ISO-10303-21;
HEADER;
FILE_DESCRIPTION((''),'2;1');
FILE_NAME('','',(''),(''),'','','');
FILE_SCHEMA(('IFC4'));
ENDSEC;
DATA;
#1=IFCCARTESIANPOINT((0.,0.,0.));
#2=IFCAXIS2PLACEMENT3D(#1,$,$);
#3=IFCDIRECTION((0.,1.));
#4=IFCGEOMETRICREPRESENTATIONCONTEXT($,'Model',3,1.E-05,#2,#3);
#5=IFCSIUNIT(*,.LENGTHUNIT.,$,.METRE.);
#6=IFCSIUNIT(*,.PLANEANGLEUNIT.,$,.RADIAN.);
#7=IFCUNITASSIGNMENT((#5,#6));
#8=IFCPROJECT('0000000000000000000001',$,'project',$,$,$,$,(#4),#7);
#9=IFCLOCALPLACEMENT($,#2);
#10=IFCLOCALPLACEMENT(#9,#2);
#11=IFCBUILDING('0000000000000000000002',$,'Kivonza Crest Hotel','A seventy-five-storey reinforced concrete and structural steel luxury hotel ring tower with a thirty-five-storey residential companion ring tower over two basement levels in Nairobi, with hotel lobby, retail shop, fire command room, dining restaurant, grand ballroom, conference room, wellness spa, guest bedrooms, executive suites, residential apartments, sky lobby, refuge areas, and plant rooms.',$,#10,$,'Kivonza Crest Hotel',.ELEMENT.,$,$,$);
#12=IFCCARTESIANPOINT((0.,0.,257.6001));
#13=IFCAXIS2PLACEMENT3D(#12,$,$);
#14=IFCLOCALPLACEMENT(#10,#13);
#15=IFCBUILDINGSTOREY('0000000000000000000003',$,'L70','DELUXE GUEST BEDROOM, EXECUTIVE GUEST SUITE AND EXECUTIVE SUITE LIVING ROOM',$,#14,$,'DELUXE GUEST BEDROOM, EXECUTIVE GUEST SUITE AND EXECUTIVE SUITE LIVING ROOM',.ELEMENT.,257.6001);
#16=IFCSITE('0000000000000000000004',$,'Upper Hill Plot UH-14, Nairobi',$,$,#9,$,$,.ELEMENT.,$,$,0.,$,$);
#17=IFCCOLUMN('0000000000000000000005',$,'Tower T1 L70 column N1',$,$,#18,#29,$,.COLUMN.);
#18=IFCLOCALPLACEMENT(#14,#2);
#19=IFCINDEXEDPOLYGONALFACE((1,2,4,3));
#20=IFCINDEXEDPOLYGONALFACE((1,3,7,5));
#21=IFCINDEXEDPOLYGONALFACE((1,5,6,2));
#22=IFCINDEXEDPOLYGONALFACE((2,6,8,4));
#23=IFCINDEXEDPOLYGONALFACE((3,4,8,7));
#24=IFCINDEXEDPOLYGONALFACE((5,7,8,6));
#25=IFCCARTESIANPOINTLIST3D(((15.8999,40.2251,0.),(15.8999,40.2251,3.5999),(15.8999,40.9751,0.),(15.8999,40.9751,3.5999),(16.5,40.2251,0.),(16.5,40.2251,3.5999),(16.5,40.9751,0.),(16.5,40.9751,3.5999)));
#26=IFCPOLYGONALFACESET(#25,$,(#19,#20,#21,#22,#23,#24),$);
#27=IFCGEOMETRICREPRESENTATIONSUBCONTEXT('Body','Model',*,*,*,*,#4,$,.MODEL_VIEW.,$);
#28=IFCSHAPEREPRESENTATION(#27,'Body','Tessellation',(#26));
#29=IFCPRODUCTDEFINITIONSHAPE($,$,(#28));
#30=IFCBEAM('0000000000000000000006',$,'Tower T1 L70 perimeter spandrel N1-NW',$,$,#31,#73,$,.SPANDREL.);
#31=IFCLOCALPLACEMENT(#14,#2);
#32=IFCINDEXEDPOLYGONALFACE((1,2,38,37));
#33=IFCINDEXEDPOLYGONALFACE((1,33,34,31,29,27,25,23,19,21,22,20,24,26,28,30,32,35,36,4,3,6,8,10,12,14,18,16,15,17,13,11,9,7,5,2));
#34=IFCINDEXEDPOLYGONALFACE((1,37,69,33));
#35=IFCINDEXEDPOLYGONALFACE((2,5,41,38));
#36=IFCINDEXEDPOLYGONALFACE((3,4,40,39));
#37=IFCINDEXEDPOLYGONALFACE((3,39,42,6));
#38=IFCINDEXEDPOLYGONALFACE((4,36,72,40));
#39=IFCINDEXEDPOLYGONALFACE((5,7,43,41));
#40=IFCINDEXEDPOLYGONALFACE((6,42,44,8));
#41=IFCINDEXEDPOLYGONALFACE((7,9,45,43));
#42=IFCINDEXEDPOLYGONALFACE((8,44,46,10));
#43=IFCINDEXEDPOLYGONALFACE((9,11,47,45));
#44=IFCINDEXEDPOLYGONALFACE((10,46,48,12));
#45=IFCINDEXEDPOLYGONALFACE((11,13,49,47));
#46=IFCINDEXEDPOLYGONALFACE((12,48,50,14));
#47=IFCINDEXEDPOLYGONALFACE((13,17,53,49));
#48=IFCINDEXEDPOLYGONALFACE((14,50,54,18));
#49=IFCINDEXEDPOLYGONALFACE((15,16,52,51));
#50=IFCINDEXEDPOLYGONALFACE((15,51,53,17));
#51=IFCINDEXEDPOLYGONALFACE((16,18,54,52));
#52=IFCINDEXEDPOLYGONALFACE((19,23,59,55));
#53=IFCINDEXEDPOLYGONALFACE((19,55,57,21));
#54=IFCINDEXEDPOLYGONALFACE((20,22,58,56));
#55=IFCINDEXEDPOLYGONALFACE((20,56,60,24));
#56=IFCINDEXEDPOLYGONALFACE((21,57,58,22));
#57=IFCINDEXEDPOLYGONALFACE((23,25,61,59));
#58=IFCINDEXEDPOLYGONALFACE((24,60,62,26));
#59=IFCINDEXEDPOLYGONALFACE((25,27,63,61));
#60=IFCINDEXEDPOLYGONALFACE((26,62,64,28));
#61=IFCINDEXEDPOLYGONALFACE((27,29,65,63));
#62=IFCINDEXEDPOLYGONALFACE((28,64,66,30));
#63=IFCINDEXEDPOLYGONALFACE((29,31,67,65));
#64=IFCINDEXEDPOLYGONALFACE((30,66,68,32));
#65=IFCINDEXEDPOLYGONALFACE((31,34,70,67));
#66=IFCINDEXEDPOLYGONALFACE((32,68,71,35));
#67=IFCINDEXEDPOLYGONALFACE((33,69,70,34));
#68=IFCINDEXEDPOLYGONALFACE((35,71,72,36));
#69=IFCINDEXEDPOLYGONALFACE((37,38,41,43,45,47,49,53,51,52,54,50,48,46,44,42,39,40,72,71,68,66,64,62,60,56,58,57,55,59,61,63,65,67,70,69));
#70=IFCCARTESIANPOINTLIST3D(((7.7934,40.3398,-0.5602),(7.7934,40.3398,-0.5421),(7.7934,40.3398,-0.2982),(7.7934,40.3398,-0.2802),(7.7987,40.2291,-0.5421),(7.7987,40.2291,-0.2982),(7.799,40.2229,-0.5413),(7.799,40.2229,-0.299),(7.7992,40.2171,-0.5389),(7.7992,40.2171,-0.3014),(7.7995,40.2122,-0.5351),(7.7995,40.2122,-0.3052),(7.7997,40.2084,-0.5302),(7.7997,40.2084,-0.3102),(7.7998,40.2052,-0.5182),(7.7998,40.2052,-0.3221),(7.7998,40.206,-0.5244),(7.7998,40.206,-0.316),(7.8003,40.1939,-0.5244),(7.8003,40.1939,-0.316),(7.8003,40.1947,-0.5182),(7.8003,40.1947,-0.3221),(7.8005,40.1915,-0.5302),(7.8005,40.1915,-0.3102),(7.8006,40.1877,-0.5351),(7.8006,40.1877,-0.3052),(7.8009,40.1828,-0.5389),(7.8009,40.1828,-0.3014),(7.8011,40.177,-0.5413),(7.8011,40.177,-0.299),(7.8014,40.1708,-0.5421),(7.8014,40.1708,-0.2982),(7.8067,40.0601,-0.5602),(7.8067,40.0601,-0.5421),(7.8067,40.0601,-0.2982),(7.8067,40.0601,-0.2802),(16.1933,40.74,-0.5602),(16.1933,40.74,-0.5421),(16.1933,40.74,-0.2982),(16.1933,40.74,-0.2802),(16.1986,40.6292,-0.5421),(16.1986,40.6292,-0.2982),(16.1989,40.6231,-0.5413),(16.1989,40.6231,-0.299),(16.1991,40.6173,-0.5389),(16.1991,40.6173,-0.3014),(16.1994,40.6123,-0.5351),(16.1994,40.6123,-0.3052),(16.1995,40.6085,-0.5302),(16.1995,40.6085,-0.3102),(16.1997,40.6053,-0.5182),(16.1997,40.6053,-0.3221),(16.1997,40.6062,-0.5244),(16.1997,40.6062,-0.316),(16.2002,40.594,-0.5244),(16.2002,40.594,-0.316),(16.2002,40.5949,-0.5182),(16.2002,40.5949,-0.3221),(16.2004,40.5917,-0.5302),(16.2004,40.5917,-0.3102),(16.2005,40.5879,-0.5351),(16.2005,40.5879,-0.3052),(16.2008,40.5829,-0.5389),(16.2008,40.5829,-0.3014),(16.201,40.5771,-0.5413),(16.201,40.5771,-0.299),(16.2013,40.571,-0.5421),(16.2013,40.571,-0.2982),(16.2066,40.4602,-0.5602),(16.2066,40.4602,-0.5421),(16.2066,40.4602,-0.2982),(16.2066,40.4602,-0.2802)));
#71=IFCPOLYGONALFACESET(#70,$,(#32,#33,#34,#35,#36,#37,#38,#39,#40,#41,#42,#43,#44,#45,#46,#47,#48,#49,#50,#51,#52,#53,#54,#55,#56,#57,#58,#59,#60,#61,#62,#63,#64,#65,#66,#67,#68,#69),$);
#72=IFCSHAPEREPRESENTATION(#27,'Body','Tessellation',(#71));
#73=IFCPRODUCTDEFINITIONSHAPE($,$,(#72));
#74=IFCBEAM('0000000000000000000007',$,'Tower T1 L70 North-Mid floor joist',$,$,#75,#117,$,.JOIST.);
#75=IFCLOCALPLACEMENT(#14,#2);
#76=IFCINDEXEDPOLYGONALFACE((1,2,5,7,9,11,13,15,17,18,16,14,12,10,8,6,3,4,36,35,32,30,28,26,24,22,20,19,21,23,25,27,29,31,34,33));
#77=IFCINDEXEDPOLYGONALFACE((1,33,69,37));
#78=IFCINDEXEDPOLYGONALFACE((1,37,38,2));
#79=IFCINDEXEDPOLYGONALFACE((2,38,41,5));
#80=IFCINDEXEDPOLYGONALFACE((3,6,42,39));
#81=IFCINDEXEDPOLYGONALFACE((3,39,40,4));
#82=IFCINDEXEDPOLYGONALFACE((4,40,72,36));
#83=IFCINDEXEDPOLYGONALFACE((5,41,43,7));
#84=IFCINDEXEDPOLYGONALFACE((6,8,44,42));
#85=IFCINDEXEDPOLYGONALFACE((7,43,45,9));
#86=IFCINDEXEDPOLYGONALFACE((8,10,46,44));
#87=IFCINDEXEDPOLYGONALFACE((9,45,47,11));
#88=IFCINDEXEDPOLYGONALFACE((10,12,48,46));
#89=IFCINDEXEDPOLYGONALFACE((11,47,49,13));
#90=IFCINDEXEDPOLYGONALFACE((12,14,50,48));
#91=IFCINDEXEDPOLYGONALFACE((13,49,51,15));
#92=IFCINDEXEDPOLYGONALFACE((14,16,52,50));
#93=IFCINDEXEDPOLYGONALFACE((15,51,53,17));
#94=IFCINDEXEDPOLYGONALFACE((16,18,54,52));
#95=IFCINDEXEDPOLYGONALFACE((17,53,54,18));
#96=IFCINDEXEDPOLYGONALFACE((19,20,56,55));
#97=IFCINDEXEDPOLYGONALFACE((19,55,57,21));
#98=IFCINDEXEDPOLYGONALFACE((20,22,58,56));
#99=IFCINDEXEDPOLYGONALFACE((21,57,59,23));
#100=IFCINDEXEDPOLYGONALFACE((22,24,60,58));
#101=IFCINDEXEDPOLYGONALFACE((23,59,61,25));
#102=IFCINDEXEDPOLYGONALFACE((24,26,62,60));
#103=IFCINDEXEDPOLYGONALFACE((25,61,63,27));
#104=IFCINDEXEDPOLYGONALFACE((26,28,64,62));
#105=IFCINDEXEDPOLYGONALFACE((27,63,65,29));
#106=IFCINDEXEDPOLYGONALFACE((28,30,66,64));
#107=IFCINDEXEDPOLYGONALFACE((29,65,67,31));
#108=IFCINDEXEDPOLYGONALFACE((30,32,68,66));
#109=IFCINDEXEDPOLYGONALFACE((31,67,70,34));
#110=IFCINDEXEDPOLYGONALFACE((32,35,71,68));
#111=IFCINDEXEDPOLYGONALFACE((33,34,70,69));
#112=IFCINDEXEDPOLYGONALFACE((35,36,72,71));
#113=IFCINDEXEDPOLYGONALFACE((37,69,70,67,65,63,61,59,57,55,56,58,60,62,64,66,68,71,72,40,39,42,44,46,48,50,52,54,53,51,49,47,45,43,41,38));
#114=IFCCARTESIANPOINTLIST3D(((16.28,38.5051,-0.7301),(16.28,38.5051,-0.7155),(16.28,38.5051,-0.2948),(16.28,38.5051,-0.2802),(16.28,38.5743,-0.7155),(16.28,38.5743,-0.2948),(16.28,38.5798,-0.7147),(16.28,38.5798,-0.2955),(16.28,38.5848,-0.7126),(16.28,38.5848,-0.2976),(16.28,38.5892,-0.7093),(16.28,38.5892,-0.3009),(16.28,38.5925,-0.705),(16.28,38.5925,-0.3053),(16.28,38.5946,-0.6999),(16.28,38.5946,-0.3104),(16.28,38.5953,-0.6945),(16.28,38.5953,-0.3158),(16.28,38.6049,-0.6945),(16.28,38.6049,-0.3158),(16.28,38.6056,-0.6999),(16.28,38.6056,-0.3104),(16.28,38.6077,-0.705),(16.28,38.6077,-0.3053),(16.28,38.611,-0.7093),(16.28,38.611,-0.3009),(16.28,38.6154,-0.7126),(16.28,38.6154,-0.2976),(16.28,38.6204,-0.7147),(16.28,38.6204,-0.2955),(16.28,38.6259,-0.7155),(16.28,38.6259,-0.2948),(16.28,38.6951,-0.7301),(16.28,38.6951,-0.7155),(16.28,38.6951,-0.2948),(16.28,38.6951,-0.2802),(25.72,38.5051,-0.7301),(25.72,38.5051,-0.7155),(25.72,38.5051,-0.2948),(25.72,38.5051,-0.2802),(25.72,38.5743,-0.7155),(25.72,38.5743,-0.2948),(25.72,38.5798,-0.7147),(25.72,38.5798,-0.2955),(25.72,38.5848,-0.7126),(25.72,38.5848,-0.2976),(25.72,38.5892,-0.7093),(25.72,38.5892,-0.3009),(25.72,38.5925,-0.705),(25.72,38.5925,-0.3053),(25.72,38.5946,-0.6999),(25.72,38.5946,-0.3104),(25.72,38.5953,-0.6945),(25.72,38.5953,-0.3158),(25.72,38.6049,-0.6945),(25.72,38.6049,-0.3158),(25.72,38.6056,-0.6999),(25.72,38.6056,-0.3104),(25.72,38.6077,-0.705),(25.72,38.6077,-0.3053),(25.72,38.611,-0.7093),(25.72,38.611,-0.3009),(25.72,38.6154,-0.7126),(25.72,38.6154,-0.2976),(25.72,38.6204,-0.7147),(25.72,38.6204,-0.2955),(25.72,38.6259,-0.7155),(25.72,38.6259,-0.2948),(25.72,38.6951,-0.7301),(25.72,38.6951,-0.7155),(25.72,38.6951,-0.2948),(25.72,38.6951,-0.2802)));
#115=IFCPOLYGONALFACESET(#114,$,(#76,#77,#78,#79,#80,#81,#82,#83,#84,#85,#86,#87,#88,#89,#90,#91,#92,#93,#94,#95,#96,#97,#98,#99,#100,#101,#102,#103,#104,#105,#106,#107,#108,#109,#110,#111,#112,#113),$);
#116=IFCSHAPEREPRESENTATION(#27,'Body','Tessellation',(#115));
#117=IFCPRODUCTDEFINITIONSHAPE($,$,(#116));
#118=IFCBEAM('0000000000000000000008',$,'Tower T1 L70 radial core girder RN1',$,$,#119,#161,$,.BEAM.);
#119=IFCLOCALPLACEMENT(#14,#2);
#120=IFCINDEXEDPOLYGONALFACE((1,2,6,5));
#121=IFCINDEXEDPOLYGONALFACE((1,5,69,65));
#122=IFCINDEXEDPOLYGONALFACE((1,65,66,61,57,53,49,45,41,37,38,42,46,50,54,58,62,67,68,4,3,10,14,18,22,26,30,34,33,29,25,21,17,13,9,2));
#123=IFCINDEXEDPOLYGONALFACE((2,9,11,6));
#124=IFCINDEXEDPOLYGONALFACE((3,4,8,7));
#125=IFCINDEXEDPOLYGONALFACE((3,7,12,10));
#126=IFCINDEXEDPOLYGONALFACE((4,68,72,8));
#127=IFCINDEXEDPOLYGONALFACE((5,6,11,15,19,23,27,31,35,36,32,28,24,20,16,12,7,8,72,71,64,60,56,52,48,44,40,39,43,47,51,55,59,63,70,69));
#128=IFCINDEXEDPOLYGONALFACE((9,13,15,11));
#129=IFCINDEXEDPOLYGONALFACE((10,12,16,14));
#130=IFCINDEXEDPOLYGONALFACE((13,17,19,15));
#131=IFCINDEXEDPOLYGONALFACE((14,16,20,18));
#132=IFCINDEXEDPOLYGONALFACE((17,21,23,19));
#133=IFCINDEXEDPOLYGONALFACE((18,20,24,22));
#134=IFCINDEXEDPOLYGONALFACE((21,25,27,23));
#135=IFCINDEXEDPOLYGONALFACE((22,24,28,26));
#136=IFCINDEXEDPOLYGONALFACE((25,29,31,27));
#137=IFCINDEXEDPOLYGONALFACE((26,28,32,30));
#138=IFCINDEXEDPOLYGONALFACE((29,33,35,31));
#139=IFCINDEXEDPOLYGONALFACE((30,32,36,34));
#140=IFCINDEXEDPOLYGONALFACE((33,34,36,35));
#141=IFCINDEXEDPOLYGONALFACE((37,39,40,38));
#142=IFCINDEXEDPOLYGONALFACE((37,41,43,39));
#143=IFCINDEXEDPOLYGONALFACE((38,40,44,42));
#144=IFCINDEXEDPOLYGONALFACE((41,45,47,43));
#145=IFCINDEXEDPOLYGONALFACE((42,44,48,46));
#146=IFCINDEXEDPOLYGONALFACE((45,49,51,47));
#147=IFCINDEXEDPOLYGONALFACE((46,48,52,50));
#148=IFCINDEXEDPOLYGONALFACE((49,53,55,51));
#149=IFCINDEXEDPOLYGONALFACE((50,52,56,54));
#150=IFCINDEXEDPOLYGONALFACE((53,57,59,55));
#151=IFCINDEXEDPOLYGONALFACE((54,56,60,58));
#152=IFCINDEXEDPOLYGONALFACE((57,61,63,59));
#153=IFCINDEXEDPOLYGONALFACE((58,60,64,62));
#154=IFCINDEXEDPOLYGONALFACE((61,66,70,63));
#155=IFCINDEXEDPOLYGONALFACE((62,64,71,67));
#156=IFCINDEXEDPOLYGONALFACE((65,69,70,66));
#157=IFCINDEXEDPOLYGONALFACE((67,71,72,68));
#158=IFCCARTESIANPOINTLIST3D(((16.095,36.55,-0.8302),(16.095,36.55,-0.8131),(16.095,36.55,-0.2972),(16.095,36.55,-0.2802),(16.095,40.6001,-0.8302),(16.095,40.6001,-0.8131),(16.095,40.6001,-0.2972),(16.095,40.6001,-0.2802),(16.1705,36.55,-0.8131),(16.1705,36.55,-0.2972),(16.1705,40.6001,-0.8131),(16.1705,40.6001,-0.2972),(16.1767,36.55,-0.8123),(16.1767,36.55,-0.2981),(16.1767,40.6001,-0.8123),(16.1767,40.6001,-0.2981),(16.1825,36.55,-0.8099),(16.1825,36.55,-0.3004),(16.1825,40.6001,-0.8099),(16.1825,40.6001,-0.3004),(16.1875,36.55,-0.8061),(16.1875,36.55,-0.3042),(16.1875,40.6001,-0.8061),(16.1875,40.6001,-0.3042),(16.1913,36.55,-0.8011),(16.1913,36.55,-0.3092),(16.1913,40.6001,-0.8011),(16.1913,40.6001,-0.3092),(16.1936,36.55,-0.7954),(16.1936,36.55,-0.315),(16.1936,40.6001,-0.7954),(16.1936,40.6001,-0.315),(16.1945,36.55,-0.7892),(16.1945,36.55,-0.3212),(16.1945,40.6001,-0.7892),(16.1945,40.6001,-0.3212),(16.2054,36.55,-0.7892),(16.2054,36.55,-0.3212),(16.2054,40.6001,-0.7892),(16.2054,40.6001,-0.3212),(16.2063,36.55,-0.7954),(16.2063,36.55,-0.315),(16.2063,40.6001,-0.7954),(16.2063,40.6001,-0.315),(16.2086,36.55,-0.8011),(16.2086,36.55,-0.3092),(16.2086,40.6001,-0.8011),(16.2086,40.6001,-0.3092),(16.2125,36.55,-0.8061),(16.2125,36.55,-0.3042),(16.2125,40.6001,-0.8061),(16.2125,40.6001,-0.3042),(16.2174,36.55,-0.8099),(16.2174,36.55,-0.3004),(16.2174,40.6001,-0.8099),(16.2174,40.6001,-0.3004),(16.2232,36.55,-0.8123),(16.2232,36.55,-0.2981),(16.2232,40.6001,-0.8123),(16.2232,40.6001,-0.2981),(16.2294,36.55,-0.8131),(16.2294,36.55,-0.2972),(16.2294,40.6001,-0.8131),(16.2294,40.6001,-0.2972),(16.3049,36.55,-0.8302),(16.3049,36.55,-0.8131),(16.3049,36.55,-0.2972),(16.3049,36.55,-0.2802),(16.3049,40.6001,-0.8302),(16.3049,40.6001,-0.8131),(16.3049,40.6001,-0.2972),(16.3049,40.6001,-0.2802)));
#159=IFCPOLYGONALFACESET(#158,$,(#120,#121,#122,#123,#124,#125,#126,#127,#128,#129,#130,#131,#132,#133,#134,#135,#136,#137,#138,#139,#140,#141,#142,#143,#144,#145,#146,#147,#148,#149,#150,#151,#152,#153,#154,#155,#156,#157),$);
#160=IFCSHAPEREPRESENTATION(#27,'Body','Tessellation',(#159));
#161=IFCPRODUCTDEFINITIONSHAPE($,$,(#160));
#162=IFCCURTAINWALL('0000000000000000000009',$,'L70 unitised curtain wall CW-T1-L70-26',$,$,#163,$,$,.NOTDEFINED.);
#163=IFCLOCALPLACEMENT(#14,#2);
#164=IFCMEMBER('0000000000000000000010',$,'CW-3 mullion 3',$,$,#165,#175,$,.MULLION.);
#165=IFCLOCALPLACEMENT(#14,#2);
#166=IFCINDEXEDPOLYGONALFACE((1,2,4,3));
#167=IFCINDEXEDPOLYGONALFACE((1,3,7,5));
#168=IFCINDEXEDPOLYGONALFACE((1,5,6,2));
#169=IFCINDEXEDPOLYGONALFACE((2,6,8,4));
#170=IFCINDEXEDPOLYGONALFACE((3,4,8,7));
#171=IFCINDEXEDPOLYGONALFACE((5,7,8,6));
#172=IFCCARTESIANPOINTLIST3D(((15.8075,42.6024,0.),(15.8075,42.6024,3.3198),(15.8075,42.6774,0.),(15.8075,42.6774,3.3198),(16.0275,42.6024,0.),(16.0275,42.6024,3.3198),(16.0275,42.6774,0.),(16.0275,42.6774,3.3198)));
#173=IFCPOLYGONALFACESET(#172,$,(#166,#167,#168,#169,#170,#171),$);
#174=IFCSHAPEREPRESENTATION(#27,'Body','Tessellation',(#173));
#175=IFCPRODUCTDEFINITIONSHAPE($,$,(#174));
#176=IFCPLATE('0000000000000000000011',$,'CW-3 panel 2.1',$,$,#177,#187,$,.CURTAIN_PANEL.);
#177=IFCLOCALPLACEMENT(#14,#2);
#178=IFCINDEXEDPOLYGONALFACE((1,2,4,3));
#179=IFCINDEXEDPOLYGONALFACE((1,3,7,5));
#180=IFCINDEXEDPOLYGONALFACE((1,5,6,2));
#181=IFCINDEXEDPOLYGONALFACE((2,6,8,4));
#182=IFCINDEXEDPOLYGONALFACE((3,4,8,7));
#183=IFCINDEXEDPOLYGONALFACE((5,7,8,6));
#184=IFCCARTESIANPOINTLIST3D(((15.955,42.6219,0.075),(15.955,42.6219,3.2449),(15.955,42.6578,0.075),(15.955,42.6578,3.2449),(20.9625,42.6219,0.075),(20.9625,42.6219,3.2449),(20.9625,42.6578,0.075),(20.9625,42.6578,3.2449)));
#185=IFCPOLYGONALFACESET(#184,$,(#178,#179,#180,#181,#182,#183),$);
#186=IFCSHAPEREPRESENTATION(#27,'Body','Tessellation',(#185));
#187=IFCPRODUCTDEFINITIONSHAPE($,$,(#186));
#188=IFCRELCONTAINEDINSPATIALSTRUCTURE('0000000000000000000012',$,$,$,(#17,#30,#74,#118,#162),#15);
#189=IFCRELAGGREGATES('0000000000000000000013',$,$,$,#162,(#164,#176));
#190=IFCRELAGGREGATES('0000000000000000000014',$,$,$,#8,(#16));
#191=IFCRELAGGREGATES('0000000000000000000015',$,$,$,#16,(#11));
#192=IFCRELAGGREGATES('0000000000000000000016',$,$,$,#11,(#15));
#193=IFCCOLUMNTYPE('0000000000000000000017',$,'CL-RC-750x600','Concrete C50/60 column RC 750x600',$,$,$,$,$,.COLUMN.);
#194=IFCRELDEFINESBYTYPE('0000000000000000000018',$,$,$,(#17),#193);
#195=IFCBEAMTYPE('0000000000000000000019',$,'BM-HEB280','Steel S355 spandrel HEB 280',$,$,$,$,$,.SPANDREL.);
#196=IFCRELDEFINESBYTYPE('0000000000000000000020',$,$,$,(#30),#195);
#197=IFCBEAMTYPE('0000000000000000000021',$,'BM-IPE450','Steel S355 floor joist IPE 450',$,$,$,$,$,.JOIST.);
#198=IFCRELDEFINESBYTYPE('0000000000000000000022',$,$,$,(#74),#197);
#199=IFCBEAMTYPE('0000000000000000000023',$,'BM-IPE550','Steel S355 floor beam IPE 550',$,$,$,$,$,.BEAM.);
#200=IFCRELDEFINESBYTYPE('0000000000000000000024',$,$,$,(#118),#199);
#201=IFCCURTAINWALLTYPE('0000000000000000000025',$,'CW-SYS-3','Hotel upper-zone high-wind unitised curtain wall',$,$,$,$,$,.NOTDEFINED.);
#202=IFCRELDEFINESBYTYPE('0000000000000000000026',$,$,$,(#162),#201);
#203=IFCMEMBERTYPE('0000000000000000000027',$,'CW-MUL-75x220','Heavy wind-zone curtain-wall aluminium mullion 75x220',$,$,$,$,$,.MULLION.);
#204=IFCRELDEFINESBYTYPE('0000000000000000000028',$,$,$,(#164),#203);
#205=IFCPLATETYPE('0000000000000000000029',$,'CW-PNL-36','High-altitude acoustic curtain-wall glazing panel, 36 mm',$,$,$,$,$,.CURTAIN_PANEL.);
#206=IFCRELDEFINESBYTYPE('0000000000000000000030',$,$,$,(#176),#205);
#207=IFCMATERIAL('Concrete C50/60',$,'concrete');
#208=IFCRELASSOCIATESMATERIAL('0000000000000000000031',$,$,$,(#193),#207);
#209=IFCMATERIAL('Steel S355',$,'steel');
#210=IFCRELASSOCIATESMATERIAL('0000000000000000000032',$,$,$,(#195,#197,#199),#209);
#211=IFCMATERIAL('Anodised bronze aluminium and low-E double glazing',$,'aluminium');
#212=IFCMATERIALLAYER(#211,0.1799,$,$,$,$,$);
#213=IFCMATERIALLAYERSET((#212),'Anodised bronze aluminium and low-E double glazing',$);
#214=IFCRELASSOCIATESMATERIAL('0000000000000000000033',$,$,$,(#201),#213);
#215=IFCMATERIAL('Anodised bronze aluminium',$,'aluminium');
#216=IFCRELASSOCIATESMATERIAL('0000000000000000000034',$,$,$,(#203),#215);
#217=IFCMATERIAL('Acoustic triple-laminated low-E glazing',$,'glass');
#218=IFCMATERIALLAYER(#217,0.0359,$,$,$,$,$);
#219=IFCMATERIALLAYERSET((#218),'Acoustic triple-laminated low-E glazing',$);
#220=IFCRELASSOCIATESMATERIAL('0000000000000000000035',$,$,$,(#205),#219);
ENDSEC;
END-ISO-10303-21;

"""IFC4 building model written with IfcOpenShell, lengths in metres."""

from ifc_helpers import new_model, si_unit, direction, frame, origin, origin_2d, place, context, subcontext, project, spatial, rectangle, i_section, extrude, material, layer, layer_set, material_profile, profile_set, type_object, element, aggregate, save


model = new_model("IFC4")

# Units and contexts
model_context = context("Model", 3, precision=1e-05, world=origin(), true_north=direction((0.0, 1.0)))
body_context = subcontext(model_context, "Body", "Model", "MODEL_VIEW")
ifc_project = project(units=[si_unit("LENGTHUNIT", "METRE"), si_unit("PLANEANGLEUNIT", "RADIAN")], contexts=[model_context])

# Site, building, storey
site_placement = place(None, origin())
site = spatial("IfcSite", under=ifc_project, at=site_placement, Name="Upper Hill Plot UH-14, Nairobi", CompositionType="ELEMENT", RefElevation=0.0)
building_placement = place(site_placement, origin())
building = spatial("IfcBuilding", under=site, at=building_placement, Name="Kivonza Crest Hotel", Description="A seventy-five-storey reinforced concrete and structural steel luxury hotel ring tower with a thirty-five-storey residential companion ring tower over two basement levels in Nairobi, with hotel lobby, retail shop, fire command room, dining restaurant, grand ballroom, conference room, wellness spa, guest bedrooms, executive suites, residential apartments, sky lobby, refuge areas, and plant rooms.", LongName="Kivonza Crest Hotel", CompositionType="ELEMENT")
storey_placement = place(building_placement, frame((0.0, 0.0, 257.6001)))
storey = spatial("IfcBuildingStorey", under=building, at=storey_placement, Name="L70", Description="DELUXE GUEST BEDROOM, EXECUTIVE GUEST SUITE AND EXECUTIVE SUITE LIVING ROOM", LongName="DELUXE GUEST BEDROOM, EXECUTIVE GUEST SUITE AND EXECUTIVE SUITE LIVING ROOM", CompositionType="ELEMENT", Elevation=257.6001)

# Column
ifc_material_1 = material(Name="Concrete C50/60", Category="concrete")
ifc_material_profile_1 = material_profile(ifc_material_1, rectangle(XDim=0.6001, YDim=0.75, at=origin_2d()), Name="RC 750x600")
ifc_profile_set_1 = profile_set([ifc_material_profile_1], Name="Concrete C50/60")
column_type = type_object("IfcColumnType", Name="CL-RC-750x600", Description="Concrete C50/60 column RC 750x600", PredefinedType="COLUMN", material=ifc_profile_set_1)
column_placement = place(storey_placement, frame((16.2, 40.6001, 0.0), z_axis=(0.0, 0.0, 1.0), x_axis=(1.0, 0.0, 0.0)))
element("IfcColumn", 1, at=column_placement, inside=storey, type_object=column_type, Name="Tower T1 L70 column N1", PredefinedType="COLUMN", context=body_context, shape_type="SweptSolid", body=[
    extrude(rectangle(XDim=0.6001, YDim=0.75, at=origin_2d()), origin(), (0.0, 0.0, 1.0), 3.5999),
])

# Beams
ifc_material_2 = material(Name="Steel S355", Category="steel")
ifc_material_profile_2 = material_profile(ifc_material_2, i_section(OverallWidth=0.28, OverallDepth=0.28, WebThickness=0.0105, FlangeThickness=0.0181, FilletRadius=0.0239, at=origin_2d()), Name="HEB 280")
ifc_profile_set_2 = profile_set([ifc_material_profile_2], Name="Steel S355")
beam_type_1 = type_object("IfcBeamType", Name="BM-HEB280", Description="Steel S355 spandrel HEB 280", PredefinedType="SPANDREL", material=ifc_profile_set_2)
beam_1_placement = place(storey_placement, frame((16.2, 40.6001, -0.4202), z_axis=(-0.998867, -0.047583, 0.0), x_axis=(0.047583, -0.998867, 0.0)))
element("IfcBeam", 2, at=beam_1_placement, inside=storey, type_object=beam_type_1, Name="Tower T1 L70 perimeter spandrel N1-NW", PredefinedType="SPANDREL", context=body_context, shape_type="SweptSolid", body=[
    extrude(i_section(OverallWidth=0.28, OverallDepth=0.28, WebThickness=0.0105, FlangeThickness=0.0181, FilletRadius=0.0239, at=origin_2d()), origin(), (0.0, 0.0, 1.0), 8.4094),
])
ifc_material_profile_3 = material_profile(ifc_material_2, i_section(OverallWidth=0.1899, OverallDepth=0.45, WebThickness=0.0095, FlangeThickness=0.0146, FilletRadius=0.021, at=origin_2d()), Name="IPE 450")
ifc_profile_set_3 = profile_set([ifc_material_profile_3], Name="Steel S355")
beam_type_2 = type_object("IfcBeamType", Name="BM-IPE450", Description="Steel S355 floor joist IPE 450", PredefinedType="JOIST", material=ifc_profile_set_3)
beam_2_placement = place(storey_placement, frame((16.28, 38.6001, -0.5051), z_axis=(1.0, 0.0, 0.0), x_axis=(0.0, 1.0, 0.0)))
element("IfcBeam", 3, at=beam_2_placement, inside=storey, type_object=beam_type_2, Name="Tower T1 L70 North-Mid floor joist", PredefinedType="JOIST", context=body_context, shape_type="SweptSolid", body=[
    extrude(i_section(OverallWidth=0.1899, OverallDepth=0.45, WebThickness=0.0095, FlangeThickness=0.0146, FilletRadius=0.021, at=origin_2d()), origin(), (0.0, 0.0, 1.0), 9.4399),
])
ifc_material_profile_4 = material_profile(ifc_material_2, i_section(OverallWidth=0.21, OverallDepth=0.55, WebThickness=0.011, FlangeThickness=0.0171, FilletRadius=0.0239, at=origin_2d()), Name="IPE 550")
ifc_profile_set_4 = profile_set([ifc_material_profile_4], Name="Steel S355")
beam_type_3 = type_object("IfcBeamType", Name="BM-IPE550", Description="Steel S355 floor beam IPE 550", PredefinedType="BEAM", material=ifc_profile_set_4)
beam_3_placement = place(storey_placement, frame((16.2, 40.6001, -0.5552), z_axis=(0.0, -1.0, 0.0), x_axis=(1.0, 0.0, 0.0)))
element("IfcBeam", 4, at=beam_3_placement, inside=storey, type_object=beam_type_3, Name="Tower T1 L70 radial core girder RN1", PredefinedType="BEAM", context=body_context, shape_type="SweptSolid", body=[
    extrude(i_section(OverallWidth=0.21, OverallDepth=0.55, WebThickness=0.011, FlangeThickness=0.0171, FilletRadius=0.0239, at=origin_2d()), origin(), (0.0, 0.0, 1.0), 4.05),
])

# Curtain wall, member, plate
ifc_material_3 = material(Name="Anodised bronze aluminium and low-E double glazing", Category="aluminium")
ifc_layer_1 = layer(ifc_material_3, 0.1799)
ifc_layer_set_1 = layer_set([ifc_layer_1], Name="Anodised bronze aluminium and low-E double glazing")
curtain_wall_type = type_object("IfcCurtainWallType", Name="CW-SYS-3", Description="Hotel upper-zone high-wind unitised curtain wall", PredefinedType="NOTDEFINED", material=ifc_layer_set_1)
curtain_wall_placement = place(storey_placement, origin())
curtain_wall = element("IfcCurtainWall", 5, at=curtain_wall_placement, inside=storey, type_object=curtain_wall_type, Name="L70 unitised curtain wall CW-T1-L70-26", PredefinedType="NOTDEFINED")
ifc_material_4 = material(Name="Anodised bronze aluminium", Category="aluminium")
ifc_material_profile_5 = material_profile(ifc_material_4, rectangle(XDim=0.075, YDim=0.22, at=origin_2d()), Name="CW-M 75x220")
ifc_profile_set_5 = profile_set([ifc_material_profile_5], Name="Anodised bronze aluminium")
member_type = type_object("IfcMemberType", Name="CW-MUL-75x220", Description="Heavy wind-zone curtain-wall aluminium mullion 75x220", PredefinedType="MULLION", material=ifc_profile_set_5)
member_placement = place(storey_placement, frame((15.9175, 42.6399, 0.0), z_axis=(0.0, 0.0, 1.0), x_axis=(0.0, -1.0, 0.0)))
member = element("IfcMember", 6, at=member_placement, type_object=member_type, Name="CW-3 mullion 3", PredefinedType="MULLION", context=body_context, shape_type="SweptSolid", body=[
    extrude(rectangle(XDim=0.075, YDim=0.22, at=origin_2d()), origin(), (0.0, 0.0, 1.0), 3.3198),
])
ifc_material_5 = material(Name="Acoustic triple-laminated low-E glazing", Category="glass")
ifc_layer_2 = layer(ifc_material_5, 0.0359)
ifc_layer_set_2 = layer_set([ifc_layer_2], Name="Acoustic triple-laminated low-E glazing")
plate_type = type_object("IfcPlateType", Name="CW-PNL-36", Description="High-altitude acoustic curtain-wall glazing panel, 36 mm", PredefinedType="CURTAIN_PANEL", material=ifc_layer_set_2)
plate_placement = place(storey_placement, frame((18.4587, 42.6399, 0.075), z_axis=(0.0, 0.0, 1.0), x_axis=(-1.0, 0.0, 0.0)))
plate = element("IfcPlate", 7, at=plate_placement, type_object=plate_type, Name="CW-3 panel 2.1", PredefinedType="CURTAIN_PANEL", context=body_context, shape_type="SweptSolid", body=[
    extrude(rectangle(XDim=5.0076, YDim=0.0359, at=origin_2d()), origin(), (0.0, 0.0, 1.0), 3.1699),
])
aggregate(curtain_wall, [member, plate])

save(model, "model.ifc")
